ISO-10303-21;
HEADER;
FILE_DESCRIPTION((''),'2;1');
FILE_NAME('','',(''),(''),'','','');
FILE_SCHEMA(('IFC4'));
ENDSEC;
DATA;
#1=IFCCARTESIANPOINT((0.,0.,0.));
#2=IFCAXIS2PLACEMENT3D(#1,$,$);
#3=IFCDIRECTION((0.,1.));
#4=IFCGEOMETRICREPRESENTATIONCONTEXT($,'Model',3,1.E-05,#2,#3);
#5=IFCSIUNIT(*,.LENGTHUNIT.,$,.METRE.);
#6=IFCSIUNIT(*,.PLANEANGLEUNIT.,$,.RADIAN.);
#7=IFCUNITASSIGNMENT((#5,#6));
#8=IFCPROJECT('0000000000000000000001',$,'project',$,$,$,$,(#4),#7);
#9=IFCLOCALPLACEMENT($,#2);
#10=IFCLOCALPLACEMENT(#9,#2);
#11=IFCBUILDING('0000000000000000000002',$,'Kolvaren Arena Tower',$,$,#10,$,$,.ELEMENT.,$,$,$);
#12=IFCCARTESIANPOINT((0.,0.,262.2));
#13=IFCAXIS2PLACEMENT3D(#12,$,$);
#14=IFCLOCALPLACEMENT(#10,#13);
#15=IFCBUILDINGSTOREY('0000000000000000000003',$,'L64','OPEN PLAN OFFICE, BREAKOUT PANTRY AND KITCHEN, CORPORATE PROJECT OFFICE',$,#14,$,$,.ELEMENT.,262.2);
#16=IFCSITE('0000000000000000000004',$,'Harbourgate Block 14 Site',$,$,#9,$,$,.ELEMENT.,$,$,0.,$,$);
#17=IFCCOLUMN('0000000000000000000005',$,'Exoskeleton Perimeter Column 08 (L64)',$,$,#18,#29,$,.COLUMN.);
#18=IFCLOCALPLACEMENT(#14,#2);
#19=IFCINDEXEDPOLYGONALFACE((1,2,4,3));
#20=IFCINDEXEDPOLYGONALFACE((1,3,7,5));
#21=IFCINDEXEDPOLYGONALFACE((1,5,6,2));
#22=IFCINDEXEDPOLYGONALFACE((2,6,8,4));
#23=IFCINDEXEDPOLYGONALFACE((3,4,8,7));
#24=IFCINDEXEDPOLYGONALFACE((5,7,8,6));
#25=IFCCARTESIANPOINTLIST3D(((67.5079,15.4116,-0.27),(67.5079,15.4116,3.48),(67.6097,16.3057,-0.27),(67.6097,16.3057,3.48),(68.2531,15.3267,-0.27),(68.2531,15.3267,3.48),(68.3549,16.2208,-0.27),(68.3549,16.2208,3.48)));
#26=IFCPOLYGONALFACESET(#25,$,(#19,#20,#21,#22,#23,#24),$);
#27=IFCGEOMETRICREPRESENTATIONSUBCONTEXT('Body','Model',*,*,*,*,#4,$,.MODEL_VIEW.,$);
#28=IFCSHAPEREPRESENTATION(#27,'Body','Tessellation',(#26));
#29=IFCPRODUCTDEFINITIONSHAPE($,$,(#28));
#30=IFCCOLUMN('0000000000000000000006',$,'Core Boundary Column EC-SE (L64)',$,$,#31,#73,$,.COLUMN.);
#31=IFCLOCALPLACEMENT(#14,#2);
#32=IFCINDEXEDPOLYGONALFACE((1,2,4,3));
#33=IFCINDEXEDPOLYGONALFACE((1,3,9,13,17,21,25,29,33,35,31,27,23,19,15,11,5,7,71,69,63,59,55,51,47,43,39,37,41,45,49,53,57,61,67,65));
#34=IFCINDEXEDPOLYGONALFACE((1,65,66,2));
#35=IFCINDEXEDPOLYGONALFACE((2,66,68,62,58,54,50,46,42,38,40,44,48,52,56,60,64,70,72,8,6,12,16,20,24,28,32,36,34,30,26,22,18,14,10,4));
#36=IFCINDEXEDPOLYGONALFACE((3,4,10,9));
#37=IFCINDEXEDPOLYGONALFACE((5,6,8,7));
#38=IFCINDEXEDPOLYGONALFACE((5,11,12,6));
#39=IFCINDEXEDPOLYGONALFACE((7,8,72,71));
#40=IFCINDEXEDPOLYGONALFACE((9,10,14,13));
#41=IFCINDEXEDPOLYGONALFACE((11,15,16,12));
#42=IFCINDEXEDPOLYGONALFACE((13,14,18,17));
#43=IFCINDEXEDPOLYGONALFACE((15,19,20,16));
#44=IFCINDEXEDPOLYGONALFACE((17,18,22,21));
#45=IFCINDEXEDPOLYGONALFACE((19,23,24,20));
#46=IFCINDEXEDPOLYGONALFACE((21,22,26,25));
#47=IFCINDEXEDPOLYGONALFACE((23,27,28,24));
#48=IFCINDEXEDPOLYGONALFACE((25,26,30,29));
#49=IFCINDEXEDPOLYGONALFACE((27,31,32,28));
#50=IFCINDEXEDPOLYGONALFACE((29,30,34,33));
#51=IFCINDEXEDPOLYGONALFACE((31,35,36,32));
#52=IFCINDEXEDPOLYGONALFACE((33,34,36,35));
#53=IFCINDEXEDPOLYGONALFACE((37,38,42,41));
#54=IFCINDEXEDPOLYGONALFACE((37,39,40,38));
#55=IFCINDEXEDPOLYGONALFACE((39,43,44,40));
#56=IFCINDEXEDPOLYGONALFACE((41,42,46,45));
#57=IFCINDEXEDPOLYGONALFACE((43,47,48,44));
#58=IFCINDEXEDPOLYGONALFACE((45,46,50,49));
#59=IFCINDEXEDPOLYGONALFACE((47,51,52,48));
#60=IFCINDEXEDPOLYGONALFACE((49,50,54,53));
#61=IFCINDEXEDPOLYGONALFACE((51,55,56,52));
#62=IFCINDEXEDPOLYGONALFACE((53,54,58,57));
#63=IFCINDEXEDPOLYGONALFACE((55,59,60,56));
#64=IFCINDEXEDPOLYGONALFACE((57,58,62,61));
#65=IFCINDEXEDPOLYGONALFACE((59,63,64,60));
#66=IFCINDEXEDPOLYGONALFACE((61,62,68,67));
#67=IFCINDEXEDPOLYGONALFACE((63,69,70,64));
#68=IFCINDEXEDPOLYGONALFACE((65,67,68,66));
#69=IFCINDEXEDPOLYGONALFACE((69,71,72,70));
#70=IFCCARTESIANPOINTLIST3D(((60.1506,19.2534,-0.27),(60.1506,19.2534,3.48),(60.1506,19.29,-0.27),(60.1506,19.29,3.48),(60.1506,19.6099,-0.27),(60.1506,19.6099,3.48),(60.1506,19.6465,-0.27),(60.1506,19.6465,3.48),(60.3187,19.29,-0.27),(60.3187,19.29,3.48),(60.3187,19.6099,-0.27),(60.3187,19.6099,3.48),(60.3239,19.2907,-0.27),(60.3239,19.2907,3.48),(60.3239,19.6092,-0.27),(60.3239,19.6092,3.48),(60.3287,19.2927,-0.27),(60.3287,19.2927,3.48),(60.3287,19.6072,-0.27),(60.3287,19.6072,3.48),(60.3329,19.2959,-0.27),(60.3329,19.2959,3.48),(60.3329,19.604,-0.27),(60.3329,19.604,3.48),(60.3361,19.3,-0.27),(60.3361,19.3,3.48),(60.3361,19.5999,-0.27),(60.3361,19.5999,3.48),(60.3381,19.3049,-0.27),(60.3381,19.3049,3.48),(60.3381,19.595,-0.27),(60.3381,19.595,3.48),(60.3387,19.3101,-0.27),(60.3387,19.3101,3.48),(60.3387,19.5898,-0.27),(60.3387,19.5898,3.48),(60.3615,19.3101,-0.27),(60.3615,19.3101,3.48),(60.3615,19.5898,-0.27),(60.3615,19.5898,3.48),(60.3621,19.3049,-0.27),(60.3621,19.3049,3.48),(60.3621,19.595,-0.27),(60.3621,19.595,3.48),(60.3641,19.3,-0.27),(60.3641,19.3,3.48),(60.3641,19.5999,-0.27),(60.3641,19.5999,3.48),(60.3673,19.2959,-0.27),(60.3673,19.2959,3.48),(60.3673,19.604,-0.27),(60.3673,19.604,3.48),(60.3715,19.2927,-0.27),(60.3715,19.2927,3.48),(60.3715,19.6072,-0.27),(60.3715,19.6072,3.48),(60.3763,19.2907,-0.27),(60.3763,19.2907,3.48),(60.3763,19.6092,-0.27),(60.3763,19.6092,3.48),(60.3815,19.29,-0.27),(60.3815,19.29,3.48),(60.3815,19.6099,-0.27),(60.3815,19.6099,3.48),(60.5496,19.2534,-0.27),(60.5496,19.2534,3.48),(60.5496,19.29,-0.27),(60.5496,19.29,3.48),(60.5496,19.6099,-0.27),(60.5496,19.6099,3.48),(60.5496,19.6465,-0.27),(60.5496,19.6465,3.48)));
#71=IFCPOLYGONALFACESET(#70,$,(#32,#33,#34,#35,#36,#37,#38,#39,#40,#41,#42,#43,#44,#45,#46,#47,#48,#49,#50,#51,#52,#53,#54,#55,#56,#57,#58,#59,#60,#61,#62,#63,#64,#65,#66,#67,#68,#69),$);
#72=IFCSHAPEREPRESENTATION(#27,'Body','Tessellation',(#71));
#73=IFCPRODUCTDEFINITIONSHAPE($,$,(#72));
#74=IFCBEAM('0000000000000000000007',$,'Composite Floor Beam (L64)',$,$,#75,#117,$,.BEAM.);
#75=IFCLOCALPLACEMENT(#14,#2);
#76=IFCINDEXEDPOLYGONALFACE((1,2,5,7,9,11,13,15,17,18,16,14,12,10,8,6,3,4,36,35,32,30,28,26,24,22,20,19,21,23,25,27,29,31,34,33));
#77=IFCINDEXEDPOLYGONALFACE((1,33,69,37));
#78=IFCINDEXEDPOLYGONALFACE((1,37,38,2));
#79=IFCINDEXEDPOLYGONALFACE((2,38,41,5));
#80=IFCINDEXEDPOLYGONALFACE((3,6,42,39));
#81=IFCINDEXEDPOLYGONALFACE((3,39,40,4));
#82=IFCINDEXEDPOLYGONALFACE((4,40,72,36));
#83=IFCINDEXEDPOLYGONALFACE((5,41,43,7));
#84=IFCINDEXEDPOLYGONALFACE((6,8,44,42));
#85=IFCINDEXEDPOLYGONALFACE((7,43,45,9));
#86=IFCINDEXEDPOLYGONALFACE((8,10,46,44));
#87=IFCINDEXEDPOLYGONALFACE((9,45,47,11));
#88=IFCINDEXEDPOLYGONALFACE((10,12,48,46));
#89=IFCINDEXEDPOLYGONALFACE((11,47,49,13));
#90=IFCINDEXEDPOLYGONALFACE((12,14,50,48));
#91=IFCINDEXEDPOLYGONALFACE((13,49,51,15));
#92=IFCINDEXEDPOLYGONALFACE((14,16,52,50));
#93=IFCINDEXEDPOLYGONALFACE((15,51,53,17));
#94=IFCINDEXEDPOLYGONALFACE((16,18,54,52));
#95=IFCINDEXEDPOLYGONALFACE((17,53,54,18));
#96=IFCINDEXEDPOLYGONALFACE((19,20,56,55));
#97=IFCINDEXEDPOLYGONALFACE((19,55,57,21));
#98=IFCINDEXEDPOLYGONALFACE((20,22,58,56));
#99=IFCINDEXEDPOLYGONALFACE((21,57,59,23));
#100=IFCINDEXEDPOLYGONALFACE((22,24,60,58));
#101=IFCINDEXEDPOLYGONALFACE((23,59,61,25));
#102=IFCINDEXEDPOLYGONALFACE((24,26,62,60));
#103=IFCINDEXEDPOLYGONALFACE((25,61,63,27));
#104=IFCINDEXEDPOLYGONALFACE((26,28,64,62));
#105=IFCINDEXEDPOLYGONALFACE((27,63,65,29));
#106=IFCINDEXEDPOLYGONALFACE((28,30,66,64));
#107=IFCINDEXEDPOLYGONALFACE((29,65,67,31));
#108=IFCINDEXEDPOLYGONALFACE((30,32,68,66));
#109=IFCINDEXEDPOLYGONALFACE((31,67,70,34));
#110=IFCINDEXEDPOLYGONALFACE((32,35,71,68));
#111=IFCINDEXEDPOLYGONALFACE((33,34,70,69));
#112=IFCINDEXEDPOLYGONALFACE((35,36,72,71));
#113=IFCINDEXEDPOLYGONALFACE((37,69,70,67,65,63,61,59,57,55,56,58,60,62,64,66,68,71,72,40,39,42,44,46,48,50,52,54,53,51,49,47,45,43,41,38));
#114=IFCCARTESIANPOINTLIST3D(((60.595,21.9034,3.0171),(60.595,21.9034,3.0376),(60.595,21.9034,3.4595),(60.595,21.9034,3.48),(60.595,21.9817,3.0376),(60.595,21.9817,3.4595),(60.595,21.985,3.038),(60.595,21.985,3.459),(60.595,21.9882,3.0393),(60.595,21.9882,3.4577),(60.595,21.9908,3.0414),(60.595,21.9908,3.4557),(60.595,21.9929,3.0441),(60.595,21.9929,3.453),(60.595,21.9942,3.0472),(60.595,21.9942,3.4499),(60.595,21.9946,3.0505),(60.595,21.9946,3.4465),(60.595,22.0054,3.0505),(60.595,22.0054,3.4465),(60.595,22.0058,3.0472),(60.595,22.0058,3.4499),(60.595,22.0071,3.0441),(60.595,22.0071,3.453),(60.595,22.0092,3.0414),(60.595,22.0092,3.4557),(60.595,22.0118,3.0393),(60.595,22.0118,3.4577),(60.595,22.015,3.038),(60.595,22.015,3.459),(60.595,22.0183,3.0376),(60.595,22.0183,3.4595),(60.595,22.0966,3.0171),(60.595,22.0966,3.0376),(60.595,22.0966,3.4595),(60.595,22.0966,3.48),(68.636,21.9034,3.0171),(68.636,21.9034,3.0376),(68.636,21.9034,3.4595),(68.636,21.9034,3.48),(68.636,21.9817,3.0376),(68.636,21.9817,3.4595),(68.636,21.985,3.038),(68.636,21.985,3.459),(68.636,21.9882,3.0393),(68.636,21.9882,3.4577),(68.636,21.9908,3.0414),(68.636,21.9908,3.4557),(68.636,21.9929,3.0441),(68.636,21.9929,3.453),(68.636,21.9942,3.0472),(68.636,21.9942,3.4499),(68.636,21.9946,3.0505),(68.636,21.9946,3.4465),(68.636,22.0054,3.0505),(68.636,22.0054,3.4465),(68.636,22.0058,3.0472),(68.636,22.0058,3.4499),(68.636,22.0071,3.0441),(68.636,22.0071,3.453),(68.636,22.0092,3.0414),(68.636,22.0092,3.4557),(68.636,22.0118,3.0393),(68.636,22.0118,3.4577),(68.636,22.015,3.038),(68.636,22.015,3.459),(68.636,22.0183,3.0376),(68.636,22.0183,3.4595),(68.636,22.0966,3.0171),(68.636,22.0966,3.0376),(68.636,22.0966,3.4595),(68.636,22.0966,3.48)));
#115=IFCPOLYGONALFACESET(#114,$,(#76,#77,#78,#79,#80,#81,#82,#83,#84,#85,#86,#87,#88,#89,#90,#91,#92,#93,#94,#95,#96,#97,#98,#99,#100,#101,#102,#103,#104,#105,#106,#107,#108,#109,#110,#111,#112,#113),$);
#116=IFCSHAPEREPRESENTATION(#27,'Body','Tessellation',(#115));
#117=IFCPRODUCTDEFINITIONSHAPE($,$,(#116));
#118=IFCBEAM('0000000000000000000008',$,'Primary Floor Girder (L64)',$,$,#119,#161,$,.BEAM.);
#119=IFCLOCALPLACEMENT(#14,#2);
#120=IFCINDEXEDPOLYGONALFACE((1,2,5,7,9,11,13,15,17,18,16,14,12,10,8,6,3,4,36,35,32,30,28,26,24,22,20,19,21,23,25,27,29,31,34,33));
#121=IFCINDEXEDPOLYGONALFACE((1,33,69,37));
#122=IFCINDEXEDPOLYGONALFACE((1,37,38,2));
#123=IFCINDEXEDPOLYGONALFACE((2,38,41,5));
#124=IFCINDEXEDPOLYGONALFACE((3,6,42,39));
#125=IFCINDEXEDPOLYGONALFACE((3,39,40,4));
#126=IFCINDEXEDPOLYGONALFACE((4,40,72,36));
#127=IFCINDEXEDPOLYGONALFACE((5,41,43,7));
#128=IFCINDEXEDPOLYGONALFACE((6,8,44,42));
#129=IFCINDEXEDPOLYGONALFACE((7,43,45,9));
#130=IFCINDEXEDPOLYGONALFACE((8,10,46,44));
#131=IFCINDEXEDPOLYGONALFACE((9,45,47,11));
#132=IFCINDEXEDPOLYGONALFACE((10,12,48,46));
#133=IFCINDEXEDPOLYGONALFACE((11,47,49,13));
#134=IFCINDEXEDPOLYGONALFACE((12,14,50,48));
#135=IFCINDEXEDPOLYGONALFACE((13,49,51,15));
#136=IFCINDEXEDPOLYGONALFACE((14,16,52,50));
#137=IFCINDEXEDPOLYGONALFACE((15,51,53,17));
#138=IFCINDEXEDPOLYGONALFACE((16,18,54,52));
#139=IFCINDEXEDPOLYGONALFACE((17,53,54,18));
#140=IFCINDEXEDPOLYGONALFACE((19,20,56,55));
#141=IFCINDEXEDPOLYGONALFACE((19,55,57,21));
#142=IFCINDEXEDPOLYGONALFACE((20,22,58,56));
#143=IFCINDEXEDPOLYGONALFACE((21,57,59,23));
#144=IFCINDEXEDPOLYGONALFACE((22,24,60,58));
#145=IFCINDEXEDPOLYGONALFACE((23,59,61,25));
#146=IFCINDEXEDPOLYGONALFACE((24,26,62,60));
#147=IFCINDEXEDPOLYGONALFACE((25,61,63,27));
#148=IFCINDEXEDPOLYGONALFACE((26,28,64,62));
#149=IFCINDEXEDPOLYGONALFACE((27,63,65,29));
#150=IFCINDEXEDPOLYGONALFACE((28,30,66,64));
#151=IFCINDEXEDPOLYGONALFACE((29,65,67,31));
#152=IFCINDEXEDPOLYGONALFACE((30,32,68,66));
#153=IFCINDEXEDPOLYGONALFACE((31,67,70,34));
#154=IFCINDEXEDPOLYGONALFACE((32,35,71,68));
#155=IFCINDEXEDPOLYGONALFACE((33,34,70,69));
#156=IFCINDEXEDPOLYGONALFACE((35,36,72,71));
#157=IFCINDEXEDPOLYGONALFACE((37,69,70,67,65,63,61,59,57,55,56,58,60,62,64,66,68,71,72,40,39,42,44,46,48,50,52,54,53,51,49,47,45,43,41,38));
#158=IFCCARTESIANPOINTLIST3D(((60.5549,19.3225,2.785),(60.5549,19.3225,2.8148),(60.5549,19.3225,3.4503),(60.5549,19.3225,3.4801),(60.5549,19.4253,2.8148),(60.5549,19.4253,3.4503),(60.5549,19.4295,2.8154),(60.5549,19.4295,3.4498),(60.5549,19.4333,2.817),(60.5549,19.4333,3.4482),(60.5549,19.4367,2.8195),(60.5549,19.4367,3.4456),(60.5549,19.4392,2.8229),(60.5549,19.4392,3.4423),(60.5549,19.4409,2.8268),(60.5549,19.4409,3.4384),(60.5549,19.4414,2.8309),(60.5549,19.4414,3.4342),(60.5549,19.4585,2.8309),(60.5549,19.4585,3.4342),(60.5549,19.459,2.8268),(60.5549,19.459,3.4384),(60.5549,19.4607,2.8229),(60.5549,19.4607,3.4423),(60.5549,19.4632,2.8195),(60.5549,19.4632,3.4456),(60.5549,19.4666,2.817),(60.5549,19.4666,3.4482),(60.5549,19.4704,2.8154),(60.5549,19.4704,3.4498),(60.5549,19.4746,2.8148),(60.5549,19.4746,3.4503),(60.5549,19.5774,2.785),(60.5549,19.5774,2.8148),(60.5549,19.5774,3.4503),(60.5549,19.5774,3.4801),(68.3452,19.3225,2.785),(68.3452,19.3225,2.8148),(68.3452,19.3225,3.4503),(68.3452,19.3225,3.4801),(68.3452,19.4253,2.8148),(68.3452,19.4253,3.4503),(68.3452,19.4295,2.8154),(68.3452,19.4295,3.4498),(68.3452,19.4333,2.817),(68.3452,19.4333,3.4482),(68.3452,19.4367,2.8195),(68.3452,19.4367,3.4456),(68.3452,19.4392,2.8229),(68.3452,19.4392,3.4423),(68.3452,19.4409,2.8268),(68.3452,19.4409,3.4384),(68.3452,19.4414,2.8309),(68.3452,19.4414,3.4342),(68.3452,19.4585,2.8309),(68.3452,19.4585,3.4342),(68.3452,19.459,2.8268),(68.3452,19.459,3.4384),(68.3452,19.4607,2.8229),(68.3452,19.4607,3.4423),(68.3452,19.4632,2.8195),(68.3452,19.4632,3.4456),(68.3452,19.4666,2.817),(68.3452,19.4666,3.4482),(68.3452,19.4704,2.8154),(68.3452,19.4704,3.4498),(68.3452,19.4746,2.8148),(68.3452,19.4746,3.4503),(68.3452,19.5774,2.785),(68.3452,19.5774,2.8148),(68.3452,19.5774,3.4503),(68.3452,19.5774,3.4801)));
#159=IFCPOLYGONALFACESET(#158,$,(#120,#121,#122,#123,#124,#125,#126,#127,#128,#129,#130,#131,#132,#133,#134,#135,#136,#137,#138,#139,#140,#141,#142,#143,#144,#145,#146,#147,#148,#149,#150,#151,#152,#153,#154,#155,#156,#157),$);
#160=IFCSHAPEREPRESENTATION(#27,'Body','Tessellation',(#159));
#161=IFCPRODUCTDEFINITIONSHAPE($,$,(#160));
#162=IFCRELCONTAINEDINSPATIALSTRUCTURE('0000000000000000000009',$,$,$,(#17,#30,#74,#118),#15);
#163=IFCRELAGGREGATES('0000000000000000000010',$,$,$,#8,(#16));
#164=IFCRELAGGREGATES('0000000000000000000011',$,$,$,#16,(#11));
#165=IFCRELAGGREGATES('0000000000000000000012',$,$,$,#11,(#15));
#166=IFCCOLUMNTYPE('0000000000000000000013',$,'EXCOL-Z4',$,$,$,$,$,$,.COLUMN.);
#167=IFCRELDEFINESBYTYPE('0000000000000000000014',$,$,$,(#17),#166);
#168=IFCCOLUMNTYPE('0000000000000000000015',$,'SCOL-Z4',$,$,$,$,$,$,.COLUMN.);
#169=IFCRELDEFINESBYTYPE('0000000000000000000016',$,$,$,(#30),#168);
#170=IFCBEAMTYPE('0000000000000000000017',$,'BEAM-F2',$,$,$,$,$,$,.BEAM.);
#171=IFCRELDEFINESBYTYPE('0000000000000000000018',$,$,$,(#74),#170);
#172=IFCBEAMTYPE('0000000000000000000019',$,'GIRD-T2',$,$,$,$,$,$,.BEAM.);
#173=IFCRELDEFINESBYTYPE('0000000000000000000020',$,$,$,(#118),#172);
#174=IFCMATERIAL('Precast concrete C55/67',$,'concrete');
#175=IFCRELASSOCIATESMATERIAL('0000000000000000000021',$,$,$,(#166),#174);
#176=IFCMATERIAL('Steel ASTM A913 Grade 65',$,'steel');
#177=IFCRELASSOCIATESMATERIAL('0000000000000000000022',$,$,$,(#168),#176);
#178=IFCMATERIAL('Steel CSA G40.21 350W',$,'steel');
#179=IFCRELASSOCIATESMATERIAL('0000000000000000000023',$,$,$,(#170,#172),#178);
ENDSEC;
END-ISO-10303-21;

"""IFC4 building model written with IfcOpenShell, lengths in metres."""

from ifc_helpers import new_model, si_unit, direction, frame, origin, origin_2d, place, context, subcontext, project, spatial, rectangle, i_section, extrude, material, material_profile, profile_set, type_object, element, save


model = new_model("IFC4")

# Units and contexts
model_context = context("Model", 3, precision=1e-05, world=origin(), true_north=direction((0.0, 1.0)))
body_context = subcontext(model_context, "Body", "Model", "MODEL_VIEW")
ifc_project = project(units=[si_unit("LENGTHUNIT", "METRE"), si_unit("PLANEANGLEUNIT", "RADIAN")], contexts=[model_context])

# Site, building, storey
site_placement = place(None, origin())
site = spatial("IfcSite", under=ifc_project, at=site_placement, Name="Harbourgate Block 14 Site", CompositionType="ELEMENT", RefElevation=0.0)
building_placement = place(site_placement, origin())
building = spatial("IfcBuilding", under=site, at=building_placement, Name="Kolvaren Arena Tower", CompositionType="ELEMENT")
storey_placement = place(building_placement, frame((0.0, 0.0, 262.2)))
storey = spatial("IfcBuildingStorey", under=building, at=storey_placement, Name="L64", Description="OPEN PLAN OFFICE, BREAKOUT PANTRY AND KITCHEN, CORPORATE PROJECT OFFICE", CompositionType="ELEMENT", Elevation=262.2)

# Columns
ifc_material_1 = material(Name="Precast concrete C55/67", Category="concrete")
ifc_material_profile_1 = material_profile(ifc_material_1, rectangle(XDim=0.8999, YDim=0.75, at=origin_2d()), Name="RC-900x750")
ifc_profile_set_1 = profile_set([ifc_material_profile_1], Name="Precast concrete C55/67")
column_type_1 = type_object("IfcColumnType", Name="EXCOL-Z4", PredefinedType="COLUMN", material=ifc_profile_set_1)
column_1_placement = place(storey_placement, frame((67.9314, 15.8162, -0.27), z_axis=(0.0, 0.0, 1.0), x_axis=(0.113203, 0.993572, 0.0)))
element("IfcColumn", 1, at=column_1_placement, inside=storey, type_object=column_type_1, Name="Exoskeleton Perimeter Column 08 (L64)", PredefinedType="COLUMN", context=body_context, shape_type="SweptSolid", body=[
    extrude(rectangle(XDim=0.8999, YDim=0.75, at=origin_2d()), origin(), (0.0, 0.0, 1.0), 3.75),
])
ifc_material_2 = material(Name="Steel ASTM A913 Grade 65", Category="steel")
ifc_material_profile_2 = material_profile(ifc_material_2, i_section(OverallWidth=0.3989, OverallDepth=0.3931, WebThickness=0.0227, FlangeThickness=0.0366, FilletRadius=0.02, at=origin_2d()), Name="W360x287")
ifc_profile_set_2 = profile_set([ifc_material_profile_2], Name="Steel ASTM A913 Grade 65")
column_type_2 = type_object("IfcColumnType", Name="SCOL-Z4", PredefinedType="COLUMN", material=ifc_profile_set_2)
column_2_placement = place(storey_placement, frame((60.3501, 19.45, -0.27), z_axis=(0.0, 0.0, 1.0), x_axis=(1.0, 0.0, 0.0)))
element("IfcColumn", 2, at=column_2_placement, inside=storey, type_object=column_type_2, Name="Core Boundary Column EC-SE (L64)", PredefinedType="COLUMN", context=body_context, shape_type="SweptSolid", body=[
    extrude(i_section(OverallWidth=0.3989, OverallDepth=0.3931, WebThickness=0.0227, FlangeThickness=0.0366, FilletRadius=0.02, at=origin_2d()), origin(), (0.0, 0.0, 1.0), 3.75),
])

# Beams
ifc_material_3 = material(Name="Steel CSA G40.21 350W", Category="steel")
ifc_material_profile_3 = material_profile(ifc_material_3, i_section(OverallWidth=0.1931, OverallDepth=0.4629, WebThickness=0.0107, FlangeThickness=0.0205, FilletRadius=0.0129, at=origin_2d()), Name="W460x113")
ifc_profile_set_3 = profile_set([ifc_material_profile_3], Name="Steel CSA G40.21 350W")
beam_type_1 = type_object("IfcBeamType", Name="BEAM-F2", PredefinedType="BEAM", material=ifc_profile_set_3)
beam_1_placement = place(storey_placement, frame((60.595, 22.0, 3.2485), z_axis=(1.0, 0.0, 0.0), x_axis=(0.0, 1.0, 0.0)))
element("IfcBeam", 3, at=beam_1_placement, inside=storey, type_object=beam_type_1, Name="Composite Floor Beam (L64)", PredefinedType="BEAM", context=body_context, shape_type="SweptSolid", body=[
    extrude(i_section(OverallWidth=0.1931, OverallDepth=0.4629, WebThickness=0.0107, FlangeThickness=0.0205, FilletRadius=0.0129, at=origin_2d()), origin(), (0.0, 0.0, 1.0), 8.041),
])
ifc_material_profile_4 = material_profile(ifc_material_3, i_section(OverallWidth=0.2549, OverallDepth=0.6951, WebThickness=0.0171, FlangeThickness=0.0298, FilletRadius=0.0161, at=origin_2d()), Name="W690x217")
ifc_profile_set_4 = profile_set([ifc_material_profile_4], Name="Steel CSA G40.21 350W")
beam_type_2 = type_object("IfcBeamType", Name="GIRD-T2", PredefinedType="BEAM", material=ifc_profile_set_4)
beam_2_placement = place(storey_placement, frame((60.5549, 19.45, 3.1326), z_axis=(1.0, 0.0, 0.0), x_axis=(0.0, 1.0, 0.0)))
element("IfcBeam", 4, at=beam_2_placement, inside=storey, type_object=beam_type_2, Name="Primary Floor Girder (L64)", PredefinedType="BEAM", context=body_context, shape_type="SweptSolid", body=[
    extrude(i_section(OverallWidth=0.2549, OverallDepth=0.6951, WebThickness=0.0171, FlangeThickness=0.0298, FilletRadius=0.0161, at=origin_2d()), origin(), (0.0, 0.0, 1.0), 7.7903),
])

save(model, "model.ifc")
